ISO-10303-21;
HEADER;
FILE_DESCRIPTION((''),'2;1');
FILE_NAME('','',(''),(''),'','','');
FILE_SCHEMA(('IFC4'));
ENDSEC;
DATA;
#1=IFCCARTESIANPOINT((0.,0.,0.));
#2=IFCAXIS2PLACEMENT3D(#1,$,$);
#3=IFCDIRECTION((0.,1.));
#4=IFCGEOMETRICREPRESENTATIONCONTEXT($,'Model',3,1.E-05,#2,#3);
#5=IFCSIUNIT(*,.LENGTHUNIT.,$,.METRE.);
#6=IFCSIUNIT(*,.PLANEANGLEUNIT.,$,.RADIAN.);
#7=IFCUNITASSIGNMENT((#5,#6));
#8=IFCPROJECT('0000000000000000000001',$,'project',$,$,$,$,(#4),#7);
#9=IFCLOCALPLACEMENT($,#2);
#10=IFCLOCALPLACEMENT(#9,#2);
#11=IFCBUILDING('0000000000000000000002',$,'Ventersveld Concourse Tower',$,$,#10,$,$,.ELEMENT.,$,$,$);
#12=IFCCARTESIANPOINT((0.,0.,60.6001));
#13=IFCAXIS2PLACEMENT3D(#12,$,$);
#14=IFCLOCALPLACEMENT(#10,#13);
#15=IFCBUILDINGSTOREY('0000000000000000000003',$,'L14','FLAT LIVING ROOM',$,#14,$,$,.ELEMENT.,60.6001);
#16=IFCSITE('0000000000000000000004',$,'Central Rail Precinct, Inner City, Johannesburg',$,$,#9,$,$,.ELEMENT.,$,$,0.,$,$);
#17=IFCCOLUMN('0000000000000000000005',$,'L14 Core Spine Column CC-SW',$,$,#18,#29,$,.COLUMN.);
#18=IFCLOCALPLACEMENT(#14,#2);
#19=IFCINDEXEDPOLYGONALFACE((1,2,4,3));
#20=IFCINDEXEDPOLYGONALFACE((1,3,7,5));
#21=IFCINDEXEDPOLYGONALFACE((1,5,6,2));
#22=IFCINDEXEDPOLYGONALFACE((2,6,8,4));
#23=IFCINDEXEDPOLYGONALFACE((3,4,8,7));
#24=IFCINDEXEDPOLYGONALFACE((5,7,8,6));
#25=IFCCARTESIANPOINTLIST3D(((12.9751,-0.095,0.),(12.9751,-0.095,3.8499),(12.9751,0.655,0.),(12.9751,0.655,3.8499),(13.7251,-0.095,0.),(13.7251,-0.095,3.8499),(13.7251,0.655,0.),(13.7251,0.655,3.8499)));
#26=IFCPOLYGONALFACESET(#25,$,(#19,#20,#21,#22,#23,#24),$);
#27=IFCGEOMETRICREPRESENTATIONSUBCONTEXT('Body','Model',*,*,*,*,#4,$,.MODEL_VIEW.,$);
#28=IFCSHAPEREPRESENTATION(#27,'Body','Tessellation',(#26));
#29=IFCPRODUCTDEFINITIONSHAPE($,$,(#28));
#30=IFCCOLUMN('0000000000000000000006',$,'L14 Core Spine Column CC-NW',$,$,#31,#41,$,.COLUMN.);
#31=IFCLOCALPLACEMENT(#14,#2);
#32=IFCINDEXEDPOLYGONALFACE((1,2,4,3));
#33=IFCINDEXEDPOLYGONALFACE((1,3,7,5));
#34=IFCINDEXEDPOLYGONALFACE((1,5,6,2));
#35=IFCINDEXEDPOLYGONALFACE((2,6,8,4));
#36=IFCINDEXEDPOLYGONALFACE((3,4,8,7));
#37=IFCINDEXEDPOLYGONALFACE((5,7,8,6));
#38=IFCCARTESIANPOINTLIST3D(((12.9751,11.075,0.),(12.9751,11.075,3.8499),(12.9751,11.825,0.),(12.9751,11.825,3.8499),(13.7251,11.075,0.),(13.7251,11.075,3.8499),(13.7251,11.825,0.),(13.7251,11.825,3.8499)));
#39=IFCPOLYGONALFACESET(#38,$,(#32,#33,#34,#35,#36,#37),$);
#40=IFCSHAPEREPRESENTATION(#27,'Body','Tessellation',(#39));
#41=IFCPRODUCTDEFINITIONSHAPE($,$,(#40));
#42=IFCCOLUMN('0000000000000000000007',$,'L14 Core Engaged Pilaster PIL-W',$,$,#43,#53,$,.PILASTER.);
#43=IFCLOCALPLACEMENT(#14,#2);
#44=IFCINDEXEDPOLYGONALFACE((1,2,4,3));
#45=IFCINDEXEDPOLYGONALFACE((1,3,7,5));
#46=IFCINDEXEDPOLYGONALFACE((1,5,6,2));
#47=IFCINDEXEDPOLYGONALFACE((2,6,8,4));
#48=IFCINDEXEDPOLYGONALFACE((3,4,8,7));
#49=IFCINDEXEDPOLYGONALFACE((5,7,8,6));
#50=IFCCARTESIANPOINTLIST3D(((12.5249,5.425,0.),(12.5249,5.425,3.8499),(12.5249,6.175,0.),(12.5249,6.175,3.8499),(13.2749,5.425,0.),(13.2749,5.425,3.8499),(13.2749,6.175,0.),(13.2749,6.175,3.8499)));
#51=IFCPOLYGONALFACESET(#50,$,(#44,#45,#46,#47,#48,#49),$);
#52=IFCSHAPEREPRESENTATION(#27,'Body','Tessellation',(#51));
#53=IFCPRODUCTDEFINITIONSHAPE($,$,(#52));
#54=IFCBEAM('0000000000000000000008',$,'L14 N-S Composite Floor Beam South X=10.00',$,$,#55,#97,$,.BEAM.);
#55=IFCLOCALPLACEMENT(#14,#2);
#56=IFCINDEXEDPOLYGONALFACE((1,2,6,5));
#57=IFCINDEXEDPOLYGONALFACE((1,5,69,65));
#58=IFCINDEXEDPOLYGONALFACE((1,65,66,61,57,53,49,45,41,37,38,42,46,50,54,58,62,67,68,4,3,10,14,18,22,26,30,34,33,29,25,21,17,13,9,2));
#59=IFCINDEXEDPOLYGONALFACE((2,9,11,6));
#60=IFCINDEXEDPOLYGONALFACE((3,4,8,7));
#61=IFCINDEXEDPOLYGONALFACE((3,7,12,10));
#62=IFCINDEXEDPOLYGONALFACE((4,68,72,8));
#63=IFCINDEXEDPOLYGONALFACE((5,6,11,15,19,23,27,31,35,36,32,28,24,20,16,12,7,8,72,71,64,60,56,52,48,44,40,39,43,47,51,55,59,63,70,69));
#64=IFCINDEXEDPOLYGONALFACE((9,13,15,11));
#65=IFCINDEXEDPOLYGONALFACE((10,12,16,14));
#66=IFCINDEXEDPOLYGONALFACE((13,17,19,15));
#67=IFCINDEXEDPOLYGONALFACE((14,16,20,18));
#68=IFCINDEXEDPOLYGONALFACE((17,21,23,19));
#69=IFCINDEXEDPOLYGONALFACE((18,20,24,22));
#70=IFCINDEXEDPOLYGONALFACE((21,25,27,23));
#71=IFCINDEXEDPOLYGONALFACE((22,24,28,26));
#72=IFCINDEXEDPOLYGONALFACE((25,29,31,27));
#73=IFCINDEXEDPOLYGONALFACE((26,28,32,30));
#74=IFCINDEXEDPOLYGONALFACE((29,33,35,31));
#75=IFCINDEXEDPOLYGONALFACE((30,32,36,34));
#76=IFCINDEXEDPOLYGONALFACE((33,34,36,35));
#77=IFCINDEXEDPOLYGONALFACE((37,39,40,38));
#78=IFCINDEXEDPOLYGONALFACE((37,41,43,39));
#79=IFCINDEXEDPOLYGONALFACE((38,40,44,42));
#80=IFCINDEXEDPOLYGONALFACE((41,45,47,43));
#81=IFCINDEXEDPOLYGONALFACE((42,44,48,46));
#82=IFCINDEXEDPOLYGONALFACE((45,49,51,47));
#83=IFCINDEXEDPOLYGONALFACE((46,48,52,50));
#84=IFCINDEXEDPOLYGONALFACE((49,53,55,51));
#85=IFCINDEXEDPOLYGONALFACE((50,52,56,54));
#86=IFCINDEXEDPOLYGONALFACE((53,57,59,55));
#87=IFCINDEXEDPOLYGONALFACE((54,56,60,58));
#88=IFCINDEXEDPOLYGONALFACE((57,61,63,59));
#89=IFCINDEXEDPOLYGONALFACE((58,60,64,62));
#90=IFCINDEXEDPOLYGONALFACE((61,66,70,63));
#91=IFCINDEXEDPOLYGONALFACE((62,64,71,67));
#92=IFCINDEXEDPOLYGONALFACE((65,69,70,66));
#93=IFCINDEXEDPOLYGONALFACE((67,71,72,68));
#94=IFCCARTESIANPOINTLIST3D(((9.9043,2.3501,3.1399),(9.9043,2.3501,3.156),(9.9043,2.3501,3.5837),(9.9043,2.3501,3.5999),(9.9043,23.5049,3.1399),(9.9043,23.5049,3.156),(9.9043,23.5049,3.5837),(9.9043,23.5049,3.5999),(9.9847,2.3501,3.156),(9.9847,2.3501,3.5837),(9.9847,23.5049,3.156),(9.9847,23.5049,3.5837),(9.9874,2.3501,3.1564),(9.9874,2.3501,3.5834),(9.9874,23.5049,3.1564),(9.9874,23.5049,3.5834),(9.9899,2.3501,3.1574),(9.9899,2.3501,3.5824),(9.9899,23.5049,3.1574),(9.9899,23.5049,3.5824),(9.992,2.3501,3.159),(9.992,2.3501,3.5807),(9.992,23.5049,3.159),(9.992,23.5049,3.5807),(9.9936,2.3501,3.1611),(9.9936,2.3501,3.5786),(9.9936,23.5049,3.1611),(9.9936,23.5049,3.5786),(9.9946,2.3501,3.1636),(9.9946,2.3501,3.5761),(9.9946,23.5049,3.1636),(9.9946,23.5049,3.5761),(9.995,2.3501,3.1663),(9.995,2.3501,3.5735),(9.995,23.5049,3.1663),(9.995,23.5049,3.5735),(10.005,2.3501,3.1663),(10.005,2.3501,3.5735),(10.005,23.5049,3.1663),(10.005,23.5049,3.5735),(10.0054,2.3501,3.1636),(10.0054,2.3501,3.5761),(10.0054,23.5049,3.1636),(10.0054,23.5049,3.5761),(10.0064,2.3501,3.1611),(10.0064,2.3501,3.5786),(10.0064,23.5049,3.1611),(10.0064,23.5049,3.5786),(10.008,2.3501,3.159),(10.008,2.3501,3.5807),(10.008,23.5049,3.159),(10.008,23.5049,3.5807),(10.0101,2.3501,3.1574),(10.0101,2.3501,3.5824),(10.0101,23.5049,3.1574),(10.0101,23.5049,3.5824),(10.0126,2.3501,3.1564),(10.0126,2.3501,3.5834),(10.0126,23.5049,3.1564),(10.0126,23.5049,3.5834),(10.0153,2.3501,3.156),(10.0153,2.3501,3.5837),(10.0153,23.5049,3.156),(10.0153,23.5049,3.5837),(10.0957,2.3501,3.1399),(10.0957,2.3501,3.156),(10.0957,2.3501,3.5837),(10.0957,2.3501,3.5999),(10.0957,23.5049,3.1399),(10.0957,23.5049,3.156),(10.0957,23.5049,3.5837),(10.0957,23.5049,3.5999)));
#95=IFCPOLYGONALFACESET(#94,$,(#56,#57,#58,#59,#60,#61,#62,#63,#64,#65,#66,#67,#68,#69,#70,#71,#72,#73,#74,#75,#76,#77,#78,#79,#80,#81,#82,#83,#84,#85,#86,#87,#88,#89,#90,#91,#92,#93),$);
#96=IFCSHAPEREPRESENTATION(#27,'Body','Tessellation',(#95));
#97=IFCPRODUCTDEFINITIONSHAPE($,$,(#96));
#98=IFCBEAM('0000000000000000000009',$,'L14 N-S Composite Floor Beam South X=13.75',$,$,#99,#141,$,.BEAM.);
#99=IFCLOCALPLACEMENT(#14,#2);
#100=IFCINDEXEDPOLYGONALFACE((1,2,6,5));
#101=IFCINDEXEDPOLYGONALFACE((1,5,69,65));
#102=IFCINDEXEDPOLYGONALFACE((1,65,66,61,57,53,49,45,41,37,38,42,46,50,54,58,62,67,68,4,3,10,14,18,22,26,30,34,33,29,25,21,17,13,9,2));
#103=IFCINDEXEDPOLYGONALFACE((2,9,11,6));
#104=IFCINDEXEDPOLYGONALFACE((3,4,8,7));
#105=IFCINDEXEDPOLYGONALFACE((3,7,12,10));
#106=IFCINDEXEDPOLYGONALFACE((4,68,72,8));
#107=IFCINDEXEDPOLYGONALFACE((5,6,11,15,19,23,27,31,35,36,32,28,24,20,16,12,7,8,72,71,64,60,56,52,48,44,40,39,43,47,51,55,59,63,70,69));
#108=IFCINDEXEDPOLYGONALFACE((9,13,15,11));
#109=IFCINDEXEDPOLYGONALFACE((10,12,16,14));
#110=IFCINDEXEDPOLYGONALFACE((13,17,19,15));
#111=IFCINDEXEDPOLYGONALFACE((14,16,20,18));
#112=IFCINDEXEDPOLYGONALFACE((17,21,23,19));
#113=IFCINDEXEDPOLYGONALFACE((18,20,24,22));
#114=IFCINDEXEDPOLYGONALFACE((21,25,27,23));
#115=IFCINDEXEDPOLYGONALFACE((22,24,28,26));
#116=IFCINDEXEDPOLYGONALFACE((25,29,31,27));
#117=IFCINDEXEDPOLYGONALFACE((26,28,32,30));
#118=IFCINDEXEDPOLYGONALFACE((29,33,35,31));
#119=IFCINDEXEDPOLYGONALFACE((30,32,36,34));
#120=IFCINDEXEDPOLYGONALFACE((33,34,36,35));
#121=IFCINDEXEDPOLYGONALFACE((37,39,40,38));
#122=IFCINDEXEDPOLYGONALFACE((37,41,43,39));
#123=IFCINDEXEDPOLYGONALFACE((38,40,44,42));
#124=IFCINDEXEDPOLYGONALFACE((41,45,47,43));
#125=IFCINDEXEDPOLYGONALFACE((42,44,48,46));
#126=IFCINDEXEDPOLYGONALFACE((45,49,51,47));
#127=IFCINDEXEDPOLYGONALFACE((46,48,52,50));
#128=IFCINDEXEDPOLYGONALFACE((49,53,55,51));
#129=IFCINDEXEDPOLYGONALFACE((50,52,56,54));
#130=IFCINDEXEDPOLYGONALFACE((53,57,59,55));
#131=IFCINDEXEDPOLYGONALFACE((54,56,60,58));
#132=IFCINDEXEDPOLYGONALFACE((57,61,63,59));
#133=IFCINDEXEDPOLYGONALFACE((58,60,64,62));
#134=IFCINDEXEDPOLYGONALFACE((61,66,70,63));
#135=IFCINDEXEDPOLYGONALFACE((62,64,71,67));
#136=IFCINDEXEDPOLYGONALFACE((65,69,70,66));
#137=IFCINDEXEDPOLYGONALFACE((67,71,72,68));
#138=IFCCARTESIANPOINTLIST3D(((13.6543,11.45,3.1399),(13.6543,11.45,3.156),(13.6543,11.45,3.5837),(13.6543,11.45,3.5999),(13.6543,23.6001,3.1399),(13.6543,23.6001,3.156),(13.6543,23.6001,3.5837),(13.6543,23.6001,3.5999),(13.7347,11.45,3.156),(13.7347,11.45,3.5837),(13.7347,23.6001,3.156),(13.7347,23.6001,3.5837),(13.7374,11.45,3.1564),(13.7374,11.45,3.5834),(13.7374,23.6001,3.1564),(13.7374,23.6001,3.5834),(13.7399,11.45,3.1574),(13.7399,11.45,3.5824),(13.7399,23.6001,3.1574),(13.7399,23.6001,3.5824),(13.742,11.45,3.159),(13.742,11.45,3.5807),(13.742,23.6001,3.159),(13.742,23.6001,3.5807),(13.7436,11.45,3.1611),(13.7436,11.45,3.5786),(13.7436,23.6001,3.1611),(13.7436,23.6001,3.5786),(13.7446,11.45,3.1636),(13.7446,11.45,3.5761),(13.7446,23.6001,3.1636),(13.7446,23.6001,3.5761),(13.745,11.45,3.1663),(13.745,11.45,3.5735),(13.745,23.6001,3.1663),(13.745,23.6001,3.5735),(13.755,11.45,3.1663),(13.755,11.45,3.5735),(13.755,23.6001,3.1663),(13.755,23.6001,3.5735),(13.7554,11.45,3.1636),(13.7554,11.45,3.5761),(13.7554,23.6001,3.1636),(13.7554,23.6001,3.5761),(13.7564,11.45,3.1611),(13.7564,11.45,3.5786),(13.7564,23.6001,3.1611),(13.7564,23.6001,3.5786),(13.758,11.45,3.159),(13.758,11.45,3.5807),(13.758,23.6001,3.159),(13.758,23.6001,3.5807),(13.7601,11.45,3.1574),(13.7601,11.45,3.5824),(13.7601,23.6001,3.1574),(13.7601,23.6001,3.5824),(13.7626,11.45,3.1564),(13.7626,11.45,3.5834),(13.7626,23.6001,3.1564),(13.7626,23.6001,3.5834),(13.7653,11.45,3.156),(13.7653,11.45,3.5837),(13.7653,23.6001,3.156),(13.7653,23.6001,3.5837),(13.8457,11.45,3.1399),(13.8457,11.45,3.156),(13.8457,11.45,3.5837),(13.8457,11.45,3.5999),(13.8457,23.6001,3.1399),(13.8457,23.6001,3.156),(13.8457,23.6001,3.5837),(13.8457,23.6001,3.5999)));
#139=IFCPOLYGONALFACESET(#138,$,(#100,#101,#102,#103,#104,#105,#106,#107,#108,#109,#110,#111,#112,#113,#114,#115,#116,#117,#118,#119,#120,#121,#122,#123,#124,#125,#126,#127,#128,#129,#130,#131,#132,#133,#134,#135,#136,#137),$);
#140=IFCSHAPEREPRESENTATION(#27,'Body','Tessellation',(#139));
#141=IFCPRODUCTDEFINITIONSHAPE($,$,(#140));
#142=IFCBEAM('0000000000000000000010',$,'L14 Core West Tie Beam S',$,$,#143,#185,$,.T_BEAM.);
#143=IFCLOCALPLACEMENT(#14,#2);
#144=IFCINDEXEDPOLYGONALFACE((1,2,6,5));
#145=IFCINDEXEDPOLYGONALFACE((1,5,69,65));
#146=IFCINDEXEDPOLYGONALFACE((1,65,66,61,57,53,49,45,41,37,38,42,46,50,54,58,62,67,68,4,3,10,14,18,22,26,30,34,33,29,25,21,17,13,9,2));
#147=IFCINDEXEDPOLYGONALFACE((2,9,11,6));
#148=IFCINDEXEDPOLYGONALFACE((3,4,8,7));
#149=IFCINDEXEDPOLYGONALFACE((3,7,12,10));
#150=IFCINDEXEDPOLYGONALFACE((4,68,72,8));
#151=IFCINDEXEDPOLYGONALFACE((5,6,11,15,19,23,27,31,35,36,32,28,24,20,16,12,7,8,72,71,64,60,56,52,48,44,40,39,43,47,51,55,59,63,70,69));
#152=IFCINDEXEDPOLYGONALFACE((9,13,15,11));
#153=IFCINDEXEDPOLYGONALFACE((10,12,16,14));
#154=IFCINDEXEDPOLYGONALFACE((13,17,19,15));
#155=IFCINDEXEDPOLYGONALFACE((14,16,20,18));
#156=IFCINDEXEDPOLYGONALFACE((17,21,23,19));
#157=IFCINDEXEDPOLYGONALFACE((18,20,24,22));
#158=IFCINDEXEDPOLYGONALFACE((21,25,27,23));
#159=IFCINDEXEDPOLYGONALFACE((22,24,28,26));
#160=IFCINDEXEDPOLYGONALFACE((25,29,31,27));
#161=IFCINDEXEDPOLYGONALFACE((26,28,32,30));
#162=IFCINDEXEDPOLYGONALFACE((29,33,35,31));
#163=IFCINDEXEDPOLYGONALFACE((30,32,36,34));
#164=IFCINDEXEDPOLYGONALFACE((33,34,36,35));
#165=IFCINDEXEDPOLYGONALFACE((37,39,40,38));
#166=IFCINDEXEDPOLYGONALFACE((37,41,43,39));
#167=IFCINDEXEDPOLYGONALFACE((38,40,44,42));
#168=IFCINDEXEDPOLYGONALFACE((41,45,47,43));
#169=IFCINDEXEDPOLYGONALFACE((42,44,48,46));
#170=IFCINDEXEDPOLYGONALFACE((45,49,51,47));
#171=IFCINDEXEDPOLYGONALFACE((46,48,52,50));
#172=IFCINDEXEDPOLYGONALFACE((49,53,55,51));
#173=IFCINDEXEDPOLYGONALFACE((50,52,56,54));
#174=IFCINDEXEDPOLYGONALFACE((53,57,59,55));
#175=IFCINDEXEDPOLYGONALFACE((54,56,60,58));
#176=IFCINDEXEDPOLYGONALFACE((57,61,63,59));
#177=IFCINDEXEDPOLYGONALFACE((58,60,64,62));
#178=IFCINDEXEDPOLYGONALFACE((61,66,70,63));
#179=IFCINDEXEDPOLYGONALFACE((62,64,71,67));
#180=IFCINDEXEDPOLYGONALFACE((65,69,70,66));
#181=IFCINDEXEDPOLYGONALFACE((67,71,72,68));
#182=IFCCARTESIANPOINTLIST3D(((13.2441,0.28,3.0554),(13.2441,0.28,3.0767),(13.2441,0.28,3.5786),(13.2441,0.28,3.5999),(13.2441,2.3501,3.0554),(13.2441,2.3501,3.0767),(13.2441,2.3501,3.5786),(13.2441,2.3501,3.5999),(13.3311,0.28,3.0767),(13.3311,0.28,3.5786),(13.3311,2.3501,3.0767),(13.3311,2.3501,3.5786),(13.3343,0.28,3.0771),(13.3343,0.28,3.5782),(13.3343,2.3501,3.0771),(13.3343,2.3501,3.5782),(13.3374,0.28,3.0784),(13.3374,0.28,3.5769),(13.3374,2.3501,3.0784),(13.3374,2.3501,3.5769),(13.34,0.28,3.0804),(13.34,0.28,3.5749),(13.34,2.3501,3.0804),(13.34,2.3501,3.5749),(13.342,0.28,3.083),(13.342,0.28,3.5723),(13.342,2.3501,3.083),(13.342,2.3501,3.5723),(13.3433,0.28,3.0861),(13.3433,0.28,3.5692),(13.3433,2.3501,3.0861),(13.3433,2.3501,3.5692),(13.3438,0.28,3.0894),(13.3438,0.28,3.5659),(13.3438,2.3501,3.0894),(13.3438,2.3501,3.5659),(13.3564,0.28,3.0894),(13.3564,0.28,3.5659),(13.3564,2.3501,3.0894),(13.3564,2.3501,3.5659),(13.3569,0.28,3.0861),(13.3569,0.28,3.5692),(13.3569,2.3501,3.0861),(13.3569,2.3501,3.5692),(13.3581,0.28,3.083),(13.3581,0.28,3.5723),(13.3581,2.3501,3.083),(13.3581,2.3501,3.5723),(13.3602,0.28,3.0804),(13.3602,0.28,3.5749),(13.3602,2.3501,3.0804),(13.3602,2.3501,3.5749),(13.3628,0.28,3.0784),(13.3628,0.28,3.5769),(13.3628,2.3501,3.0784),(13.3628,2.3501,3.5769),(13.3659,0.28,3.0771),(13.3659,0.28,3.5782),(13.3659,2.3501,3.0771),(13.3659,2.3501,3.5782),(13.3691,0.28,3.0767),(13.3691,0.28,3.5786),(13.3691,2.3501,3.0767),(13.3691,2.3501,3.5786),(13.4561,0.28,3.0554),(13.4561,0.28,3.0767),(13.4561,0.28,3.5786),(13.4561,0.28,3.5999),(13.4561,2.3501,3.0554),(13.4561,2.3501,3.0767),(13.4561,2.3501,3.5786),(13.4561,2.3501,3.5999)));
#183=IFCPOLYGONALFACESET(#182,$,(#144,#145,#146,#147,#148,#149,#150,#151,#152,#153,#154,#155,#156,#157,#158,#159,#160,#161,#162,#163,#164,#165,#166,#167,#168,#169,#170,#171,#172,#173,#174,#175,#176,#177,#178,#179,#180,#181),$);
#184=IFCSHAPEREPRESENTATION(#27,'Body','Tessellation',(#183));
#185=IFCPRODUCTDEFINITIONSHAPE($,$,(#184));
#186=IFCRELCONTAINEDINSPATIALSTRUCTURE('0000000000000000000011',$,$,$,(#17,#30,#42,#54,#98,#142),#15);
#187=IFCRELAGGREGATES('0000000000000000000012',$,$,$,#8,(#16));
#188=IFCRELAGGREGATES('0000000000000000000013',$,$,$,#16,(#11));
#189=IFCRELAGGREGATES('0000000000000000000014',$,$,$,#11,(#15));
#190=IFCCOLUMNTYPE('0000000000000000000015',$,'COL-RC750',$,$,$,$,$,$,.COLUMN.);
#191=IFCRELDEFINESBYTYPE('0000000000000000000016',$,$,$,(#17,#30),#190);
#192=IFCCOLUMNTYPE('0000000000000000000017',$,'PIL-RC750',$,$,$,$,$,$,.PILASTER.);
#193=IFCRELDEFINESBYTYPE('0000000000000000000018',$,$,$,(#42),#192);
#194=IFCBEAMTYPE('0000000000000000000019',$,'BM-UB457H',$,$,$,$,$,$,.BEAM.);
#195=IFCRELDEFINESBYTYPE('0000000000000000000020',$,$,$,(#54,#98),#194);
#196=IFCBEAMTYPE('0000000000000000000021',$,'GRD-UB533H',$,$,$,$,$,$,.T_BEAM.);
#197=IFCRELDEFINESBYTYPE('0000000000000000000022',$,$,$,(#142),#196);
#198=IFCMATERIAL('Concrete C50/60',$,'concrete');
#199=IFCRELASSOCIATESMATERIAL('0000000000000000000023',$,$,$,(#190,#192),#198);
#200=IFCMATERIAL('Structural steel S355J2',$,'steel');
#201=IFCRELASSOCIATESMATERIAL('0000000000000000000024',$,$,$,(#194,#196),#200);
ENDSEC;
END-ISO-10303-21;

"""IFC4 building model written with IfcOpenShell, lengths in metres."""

from ifc_helpers import new_model, si_unit, direction, frame, origin, origin_2d, place, context, subcontext, project, spatial, rectangle, i_section, extrude, material, material_profile, profile_set, type_object, element, save


model = new_model("IFC4")

# Units and contexts
model_context = context("Model", 3, precision=1e-05, world=origin(), true_north=direction((0.0, 1.0)))
body_context = subcontext(model_context, "Body", "Model", "MODEL_VIEW")
ifc_project = project(units=[si_unit("LENGTHUNIT", "METRE"), si_unit("PLANEANGLEUNIT", "RADIAN")], contexts=[model_context])

# Site, building, storey
site_placement = place(None, origin())
site = spatial("IfcSite", under=ifc_project, at=site_placement, Name="Central Rail Precinct, Inner City, Johannesburg", CompositionType="ELEMENT", RefElevation=0.0)
building_placement = place(site_placement, origin())
building = spatial("IfcBuilding", under=site, at=building_placement, Name="Ventersveld Concourse Tower", CompositionType="ELEMENT")
storey_placement = place(building_placement, frame((0.0, 0.0, 60.6001)))
storey = spatial("IfcBuildingStorey", under=building, at=storey_placement, Name="L14", Description="FLAT LIVING ROOM", CompositionType="ELEMENT", Elevation=60.6001)

# Columns
ifc_material_1 = material(Name="Concrete C50/60", Category="concrete")
ifc_material_profile_1 = material_profile(ifc_material_1, rectangle(XDim=0.75, YDim=0.75, at=origin_2d()), Name="RC 750x750")
ifc_profile_set_1 = profile_set([ifc_material_profile_1], Name="Concrete C50/60")
column_type_1 = type_object("IfcColumnType", Name="COL-RC750", PredefinedType="COLUMN", material=ifc_profile_set_1)
for number, where, z_axis, x_axis, name in (
    (1, (13.3501, 0.28, 0.0), (0.0, 0.0, 1.0), (1.0, 0.0, 0.0), "L14 Core Spine Column CC-SW"),
    (2, (13.3501, 11.45, 0.0), (0.0, 0.0, 1.0), (1.0, 0.0, 0.0), "L14 Core Spine Column CC-NW"),
):
    element("IfcColumn", number, at=place(storey_placement, frame(where, z_axis=z_axis, x_axis=x_axis)), inside=storey, type_object=column_type_1, Name=name, PredefinedType="COLUMN", context=body_context, shape_type="SweptSolid", body=[
        extrude(rectangle(XDim=0.75, YDim=0.75, at=origin_2d()), origin(), (0.0, 0.0, 1.0), 3.8499),
    ])
ifc_material_profile_2 = material_profile(ifc_material_1, rectangle(XDim=0.75, YDim=0.75, at=origin_2d()), Name="RC 750x750")
ifc_profile_set_2 = profile_set([ifc_material_profile_2], Name="Concrete C50/60")
column_type_2 = type_object("IfcColumnType", Name="PIL-RC750", PredefinedType="PILASTER", material=ifc_profile_set_2)
column_placement = place(storey_placement, frame((12.8999, 5.8, 0.0), z_axis=(0.0, 0.0, 1.0), x_axis=(1.0, 0.0, 0.0)))
element("IfcColumn", 3, at=column_placement, inside=storey, type_object=column_type_2, Name="L14 Core Engaged Pilaster PIL-W", PredefinedType="PILASTER", context=body_context, shape_type="SweptSolid", body=[
    extrude(rectangle(XDim=0.75, YDim=0.75, at=origin_2d()), origin(), (0.0, 0.0, 1.0), 3.8499),
])

# Beams
ifc_material_2 = material(Name="Structural steel S355J2", Category="steel")
ifc_material_profile_3 = material_profile(ifc_material_2, i_section(OverallWidth=0.1914, OverallDepth=0.46, WebThickness=0.01, FlangeThickness=0.0161, FilletRadius=0.0103, at=origin_2d()), Name="UB 457x191x82")
ifc_profile_set_3 = profile_set([ifc_material_profile_3], Name="Structural steel S355J2")
beam_type_1 = type_object("IfcBeamType", Name="BM-UB457H", PredefinedType="BEAM", material=ifc_profile_set_3)
beam_1_placement = place(storey_placement, frame((10.0, 2.3501, 3.3699), z_axis=(0.0, 1.0, 0.0), x_axis=(-1.0, 0.0, 0.0)))
element("IfcBeam", 4, at=beam_1_placement, inside=storey, type_object=beam_type_1, Name="L14 N-S Composite Floor Beam South X=10.00", PredefinedType="BEAM", context=body_context, shape_type="SweptSolid", body=[
    extrude(i_section(OverallWidth=0.1914, OverallDepth=0.46, WebThickness=0.01, FlangeThickness=0.0161, FilletRadius=0.0103, at=origin_2d()), origin(), (0.0, 0.0, 1.0), 21.1548),
])
beam_2_placement = place(storey_placement, frame((13.75, 11.45, 3.3699), z_axis=(0.0, 1.0, 0.0), x_axis=(-1.0, 0.0, 0.0)))
element("IfcBeam", 5, at=beam_2_placement, inside=storey, type_object=beam_type_1, Name="L14 N-S Composite Floor Beam South X=13.75", PredefinedType="BEAM", context=body_context, shape_type="SweptSolid", body=[
    extrude(i_section(OverallWidth=0.1914, OverallDepth=0.46, WebThickness=0.01, FlangeThickness=0.0161, FilletRadius=0.0103, at=origin_2d()), origin(), (0.0, 0.0, 1.0), 12.1501),
])
ifc_material_profile_4 = material_profile(ifc_material_2, i_section(OverallWidth=0.2119, OverallDepth=0.5444, WebThickness=0.0127, FlangeThickness=0.0212, FilletRadius=0.0127, at=origin_2d()), Name="UB 533x210x122")
ifc_profile_set_4 = profile_set([ifc_material_profile_4], Name="Structural steel S355J2")
beam_type_2 = type_object("IfcBeamType", Name="GRD-UB533H", PredefinedType="T_BEAM", material=ifc_profile_set_4)
beam_3_placement = place(storey_placement, frame((13.3501, 0.28, 3.3276), z_axis=(0.0, 1.0, 0.0), x_axis=(-1.0, 0.0, 0.0)))
element("IfcBeam", 6, at=beam_3_placement, inside=storey, type_object=beam_type_2, Name="L14 Core West Tie Beam S", PredefinedType="T_BEAM", context=body_context, shape_type="SweptSolid", body=[
    extrude(i_section(OverallWidth=0.2119, OverallDepth=0.5444, WebThickness=0.0127, FlangeThickness=0.0212, FilletRadius=0.0127, at=origin_2d()), origin(), (0.0, 0.0, 1.0), 2.0701),
])

save(model, "model.ifc")
